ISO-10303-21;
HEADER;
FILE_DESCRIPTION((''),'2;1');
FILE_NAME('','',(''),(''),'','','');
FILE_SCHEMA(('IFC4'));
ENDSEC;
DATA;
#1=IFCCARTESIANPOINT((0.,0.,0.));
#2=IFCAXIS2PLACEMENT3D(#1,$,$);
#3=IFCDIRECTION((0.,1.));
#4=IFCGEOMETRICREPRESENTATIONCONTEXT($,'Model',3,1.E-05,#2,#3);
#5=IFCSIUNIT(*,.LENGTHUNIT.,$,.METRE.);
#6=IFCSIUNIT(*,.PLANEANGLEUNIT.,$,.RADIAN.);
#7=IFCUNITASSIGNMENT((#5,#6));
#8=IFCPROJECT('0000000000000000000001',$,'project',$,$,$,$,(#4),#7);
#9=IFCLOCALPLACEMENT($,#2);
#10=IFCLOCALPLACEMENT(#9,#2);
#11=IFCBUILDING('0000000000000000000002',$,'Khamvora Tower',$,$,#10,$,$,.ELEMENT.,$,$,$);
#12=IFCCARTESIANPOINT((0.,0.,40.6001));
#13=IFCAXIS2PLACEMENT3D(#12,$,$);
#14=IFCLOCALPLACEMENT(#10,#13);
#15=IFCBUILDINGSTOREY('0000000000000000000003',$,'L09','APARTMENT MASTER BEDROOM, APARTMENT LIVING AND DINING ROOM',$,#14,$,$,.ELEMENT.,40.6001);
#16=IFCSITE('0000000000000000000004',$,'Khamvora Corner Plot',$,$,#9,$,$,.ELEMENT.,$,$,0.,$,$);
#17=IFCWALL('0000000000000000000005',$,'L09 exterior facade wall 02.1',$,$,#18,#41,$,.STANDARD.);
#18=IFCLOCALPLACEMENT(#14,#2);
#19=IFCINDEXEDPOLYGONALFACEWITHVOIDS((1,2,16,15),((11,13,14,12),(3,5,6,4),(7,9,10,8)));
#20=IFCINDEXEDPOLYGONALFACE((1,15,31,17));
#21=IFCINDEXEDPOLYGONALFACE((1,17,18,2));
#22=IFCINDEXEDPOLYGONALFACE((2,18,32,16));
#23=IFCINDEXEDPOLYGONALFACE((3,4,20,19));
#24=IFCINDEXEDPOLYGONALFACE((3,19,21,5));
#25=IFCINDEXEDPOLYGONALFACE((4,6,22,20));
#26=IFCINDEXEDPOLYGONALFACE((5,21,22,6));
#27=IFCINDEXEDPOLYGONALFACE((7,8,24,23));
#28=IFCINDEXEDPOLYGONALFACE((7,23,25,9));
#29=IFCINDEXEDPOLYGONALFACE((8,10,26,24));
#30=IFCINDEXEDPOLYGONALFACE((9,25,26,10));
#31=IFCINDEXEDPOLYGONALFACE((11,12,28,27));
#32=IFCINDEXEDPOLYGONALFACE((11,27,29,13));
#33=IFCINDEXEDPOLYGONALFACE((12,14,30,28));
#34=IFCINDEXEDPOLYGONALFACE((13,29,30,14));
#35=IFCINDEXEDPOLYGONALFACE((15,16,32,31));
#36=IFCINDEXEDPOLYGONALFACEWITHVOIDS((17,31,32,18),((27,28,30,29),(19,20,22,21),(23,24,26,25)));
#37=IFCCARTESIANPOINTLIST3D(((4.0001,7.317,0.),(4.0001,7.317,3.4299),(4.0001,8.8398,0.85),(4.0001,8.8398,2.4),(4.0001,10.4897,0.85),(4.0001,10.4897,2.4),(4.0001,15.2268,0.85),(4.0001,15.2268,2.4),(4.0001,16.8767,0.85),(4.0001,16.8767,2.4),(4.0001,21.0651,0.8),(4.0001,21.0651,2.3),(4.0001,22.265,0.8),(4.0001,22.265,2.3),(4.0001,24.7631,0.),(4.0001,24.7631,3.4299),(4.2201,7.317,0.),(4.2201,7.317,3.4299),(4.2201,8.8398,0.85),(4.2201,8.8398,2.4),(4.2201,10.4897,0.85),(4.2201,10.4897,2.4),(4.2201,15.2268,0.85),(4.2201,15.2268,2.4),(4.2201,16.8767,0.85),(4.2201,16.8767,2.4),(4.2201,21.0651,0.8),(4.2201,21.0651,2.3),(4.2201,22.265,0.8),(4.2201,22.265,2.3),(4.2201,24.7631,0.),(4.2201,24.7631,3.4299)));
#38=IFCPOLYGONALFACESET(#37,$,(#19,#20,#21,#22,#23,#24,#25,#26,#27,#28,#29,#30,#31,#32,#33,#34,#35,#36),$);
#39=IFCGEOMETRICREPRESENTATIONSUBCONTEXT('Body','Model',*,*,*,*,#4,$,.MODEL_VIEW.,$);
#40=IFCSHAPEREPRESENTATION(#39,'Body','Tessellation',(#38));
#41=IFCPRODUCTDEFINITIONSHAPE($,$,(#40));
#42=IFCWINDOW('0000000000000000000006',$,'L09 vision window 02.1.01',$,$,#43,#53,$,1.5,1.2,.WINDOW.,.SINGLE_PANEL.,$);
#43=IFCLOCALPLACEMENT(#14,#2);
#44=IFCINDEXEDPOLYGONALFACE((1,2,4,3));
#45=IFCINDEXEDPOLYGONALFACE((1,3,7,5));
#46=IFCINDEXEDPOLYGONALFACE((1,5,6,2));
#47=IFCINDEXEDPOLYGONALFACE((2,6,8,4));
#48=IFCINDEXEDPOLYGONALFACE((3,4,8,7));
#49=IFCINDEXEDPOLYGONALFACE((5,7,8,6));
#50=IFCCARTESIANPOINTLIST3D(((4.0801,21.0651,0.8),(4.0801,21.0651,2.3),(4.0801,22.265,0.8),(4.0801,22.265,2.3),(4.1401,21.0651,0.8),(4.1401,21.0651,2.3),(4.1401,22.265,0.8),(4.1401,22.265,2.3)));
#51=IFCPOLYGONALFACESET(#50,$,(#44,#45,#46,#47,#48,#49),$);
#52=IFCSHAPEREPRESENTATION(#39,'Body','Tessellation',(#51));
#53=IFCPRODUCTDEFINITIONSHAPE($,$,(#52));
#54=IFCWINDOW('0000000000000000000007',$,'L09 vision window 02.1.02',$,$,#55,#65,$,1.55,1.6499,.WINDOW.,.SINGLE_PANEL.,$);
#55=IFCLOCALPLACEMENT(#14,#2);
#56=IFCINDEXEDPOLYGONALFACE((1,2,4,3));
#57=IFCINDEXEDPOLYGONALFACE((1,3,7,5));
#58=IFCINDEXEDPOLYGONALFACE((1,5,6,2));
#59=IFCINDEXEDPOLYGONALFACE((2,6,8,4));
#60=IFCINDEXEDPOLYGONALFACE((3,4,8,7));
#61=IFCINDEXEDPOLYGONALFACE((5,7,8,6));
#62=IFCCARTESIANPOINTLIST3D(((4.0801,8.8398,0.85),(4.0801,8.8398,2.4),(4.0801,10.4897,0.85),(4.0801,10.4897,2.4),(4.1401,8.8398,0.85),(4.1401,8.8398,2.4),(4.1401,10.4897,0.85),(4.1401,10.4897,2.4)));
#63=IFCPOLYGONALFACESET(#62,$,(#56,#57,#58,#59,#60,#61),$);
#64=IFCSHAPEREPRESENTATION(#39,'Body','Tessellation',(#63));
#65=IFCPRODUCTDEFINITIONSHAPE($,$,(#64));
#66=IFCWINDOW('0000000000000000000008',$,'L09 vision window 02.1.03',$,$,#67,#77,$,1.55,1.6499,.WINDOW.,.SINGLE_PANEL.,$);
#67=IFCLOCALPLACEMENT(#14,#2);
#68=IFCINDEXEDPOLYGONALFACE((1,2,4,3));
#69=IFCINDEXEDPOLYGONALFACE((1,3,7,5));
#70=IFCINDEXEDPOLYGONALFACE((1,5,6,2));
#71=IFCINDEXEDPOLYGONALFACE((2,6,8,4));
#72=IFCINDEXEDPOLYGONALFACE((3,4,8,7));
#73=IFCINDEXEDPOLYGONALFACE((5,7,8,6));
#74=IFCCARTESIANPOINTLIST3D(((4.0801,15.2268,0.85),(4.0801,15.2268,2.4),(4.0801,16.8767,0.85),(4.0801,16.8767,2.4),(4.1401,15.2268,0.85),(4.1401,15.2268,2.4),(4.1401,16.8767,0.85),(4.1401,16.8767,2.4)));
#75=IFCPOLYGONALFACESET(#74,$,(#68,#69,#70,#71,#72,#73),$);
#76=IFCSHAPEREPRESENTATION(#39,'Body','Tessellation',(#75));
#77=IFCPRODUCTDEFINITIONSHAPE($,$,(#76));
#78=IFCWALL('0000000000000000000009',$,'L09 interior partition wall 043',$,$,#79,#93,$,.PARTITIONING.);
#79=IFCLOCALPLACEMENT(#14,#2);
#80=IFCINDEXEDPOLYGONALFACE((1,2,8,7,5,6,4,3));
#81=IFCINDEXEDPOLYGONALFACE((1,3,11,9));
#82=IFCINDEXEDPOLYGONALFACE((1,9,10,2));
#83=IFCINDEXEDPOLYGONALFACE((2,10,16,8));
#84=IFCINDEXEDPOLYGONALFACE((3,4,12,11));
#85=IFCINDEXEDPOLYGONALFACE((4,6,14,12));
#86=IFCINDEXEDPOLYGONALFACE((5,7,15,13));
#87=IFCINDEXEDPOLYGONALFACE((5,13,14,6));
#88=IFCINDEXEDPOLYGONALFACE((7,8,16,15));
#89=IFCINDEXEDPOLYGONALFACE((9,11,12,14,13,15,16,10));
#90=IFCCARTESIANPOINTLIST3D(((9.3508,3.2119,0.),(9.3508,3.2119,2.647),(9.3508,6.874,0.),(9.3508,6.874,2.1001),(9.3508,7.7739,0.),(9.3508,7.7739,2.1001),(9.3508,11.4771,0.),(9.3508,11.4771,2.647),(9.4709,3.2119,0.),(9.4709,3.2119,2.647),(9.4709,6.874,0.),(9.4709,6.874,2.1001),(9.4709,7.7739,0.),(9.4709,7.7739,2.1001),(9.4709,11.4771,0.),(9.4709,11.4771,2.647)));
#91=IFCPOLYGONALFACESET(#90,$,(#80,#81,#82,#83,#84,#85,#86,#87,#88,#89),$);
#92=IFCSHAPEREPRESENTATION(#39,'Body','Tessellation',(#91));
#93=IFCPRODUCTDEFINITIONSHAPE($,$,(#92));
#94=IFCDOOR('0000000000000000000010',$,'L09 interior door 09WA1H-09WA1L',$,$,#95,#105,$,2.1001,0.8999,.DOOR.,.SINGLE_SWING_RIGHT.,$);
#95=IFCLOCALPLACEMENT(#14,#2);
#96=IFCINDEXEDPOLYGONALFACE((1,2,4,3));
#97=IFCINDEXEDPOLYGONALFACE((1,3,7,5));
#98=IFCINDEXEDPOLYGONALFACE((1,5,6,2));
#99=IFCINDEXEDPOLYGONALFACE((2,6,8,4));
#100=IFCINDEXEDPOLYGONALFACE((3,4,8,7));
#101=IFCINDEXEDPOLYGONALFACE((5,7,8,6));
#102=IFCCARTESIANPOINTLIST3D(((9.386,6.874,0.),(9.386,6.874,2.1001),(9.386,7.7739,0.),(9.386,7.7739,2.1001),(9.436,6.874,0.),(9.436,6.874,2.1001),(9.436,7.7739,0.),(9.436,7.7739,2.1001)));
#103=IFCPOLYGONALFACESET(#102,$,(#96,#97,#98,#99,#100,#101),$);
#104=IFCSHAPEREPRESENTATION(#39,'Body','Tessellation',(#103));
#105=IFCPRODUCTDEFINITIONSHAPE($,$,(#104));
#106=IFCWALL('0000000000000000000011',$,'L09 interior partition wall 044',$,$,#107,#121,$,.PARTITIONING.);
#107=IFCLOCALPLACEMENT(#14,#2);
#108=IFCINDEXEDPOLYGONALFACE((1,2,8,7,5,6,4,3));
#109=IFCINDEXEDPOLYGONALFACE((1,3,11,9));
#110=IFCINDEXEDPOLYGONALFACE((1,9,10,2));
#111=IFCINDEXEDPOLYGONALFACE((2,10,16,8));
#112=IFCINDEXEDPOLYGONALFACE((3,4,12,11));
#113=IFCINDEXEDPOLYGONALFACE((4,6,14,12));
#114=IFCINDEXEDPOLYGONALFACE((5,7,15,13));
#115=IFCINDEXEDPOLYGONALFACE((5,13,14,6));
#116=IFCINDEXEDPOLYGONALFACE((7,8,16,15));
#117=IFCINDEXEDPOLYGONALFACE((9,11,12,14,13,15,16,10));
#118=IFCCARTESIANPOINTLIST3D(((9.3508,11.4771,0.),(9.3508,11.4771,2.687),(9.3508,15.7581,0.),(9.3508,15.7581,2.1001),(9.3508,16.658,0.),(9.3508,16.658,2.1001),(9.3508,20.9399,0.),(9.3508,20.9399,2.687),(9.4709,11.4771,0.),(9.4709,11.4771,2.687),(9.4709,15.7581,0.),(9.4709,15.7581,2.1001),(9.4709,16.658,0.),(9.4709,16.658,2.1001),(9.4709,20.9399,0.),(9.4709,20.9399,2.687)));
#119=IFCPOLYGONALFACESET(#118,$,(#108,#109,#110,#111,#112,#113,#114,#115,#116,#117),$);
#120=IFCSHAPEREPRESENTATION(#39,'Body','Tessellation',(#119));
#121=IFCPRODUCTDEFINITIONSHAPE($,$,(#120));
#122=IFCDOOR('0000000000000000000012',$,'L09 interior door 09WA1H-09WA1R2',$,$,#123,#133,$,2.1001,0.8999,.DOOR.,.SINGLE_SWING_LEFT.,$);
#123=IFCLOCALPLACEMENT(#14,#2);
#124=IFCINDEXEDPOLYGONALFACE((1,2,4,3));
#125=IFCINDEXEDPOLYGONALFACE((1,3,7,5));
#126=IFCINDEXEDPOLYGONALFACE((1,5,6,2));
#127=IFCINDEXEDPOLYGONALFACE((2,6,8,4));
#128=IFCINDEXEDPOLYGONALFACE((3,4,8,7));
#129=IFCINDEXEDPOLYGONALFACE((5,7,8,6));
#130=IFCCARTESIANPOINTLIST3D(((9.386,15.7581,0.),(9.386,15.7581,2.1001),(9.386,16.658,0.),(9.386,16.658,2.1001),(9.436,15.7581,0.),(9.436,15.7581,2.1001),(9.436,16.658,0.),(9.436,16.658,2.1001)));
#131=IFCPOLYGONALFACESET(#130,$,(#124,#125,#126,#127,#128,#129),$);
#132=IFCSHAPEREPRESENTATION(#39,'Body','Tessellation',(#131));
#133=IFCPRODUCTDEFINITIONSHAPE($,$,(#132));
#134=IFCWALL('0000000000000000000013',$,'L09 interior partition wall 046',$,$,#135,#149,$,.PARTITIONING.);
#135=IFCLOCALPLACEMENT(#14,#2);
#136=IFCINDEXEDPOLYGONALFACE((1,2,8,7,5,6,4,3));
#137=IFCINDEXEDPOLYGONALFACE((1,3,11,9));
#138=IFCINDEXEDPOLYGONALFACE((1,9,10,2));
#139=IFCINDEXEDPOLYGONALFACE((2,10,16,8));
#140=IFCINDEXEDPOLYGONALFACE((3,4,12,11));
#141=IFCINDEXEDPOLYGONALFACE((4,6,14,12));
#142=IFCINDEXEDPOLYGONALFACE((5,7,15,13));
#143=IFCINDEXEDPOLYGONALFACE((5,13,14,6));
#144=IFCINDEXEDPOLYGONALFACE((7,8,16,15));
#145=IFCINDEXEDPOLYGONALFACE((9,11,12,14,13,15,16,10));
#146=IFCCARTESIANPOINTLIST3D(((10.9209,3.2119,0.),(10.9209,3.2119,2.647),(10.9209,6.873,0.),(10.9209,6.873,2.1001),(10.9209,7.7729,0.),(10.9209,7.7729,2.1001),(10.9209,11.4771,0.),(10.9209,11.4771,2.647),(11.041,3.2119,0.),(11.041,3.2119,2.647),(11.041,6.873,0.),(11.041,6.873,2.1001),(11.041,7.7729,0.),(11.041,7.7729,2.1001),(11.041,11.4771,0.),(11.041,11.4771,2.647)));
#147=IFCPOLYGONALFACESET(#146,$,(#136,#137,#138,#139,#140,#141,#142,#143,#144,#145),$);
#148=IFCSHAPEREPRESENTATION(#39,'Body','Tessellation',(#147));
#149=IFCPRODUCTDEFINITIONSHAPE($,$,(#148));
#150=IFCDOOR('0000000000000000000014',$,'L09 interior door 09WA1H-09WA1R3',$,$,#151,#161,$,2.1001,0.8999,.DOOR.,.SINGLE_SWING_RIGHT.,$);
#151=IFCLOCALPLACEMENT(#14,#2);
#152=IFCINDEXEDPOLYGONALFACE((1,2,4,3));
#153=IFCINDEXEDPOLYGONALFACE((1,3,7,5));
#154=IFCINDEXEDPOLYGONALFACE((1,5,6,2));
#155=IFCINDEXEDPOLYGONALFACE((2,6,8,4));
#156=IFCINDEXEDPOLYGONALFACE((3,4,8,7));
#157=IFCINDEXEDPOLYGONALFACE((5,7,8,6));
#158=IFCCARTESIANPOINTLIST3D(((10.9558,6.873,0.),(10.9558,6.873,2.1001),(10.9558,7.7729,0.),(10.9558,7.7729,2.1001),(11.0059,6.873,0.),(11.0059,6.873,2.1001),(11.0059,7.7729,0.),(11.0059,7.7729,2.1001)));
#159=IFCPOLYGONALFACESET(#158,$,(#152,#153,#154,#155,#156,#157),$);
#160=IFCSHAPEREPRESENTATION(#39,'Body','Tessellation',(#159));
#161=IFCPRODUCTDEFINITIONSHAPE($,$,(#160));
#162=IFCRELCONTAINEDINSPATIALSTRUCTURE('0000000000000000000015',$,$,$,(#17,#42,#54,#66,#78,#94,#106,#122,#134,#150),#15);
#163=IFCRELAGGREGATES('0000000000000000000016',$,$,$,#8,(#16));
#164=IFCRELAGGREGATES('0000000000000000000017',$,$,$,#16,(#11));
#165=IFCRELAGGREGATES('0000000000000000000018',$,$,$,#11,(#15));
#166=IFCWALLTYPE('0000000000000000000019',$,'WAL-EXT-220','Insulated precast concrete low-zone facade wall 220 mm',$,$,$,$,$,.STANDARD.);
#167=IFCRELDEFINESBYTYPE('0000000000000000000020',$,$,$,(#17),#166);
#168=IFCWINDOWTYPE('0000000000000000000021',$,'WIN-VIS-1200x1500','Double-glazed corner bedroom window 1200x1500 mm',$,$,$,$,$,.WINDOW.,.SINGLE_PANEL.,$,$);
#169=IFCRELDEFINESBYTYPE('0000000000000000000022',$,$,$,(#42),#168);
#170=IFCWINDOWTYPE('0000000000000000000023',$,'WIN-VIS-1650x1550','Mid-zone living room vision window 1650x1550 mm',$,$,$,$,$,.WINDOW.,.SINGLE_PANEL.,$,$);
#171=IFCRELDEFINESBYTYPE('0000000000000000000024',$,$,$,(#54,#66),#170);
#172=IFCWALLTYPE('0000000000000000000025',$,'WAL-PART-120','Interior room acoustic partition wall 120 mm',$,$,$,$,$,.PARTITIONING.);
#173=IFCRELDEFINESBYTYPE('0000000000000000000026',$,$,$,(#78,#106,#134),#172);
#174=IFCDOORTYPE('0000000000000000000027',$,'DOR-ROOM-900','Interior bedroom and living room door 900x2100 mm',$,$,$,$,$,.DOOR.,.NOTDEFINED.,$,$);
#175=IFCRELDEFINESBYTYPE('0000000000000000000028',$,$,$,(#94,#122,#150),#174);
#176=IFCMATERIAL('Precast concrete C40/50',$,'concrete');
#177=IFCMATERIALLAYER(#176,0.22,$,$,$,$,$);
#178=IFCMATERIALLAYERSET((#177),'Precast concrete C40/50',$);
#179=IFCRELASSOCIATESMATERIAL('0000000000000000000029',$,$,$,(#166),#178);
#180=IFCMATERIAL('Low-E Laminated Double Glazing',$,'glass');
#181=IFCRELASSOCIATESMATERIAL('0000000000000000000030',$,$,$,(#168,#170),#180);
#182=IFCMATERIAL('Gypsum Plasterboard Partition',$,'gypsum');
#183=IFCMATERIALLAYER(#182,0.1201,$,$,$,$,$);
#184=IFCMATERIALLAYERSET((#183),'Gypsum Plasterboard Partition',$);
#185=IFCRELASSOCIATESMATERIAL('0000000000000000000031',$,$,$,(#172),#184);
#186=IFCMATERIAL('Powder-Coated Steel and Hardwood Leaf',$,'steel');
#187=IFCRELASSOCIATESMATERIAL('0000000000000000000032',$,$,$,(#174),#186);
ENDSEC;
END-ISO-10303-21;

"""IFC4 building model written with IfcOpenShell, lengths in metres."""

from ifc_helpers import new_model, si_unit, direction, frame, frame_2d, origin, place, context, subcontext, project, spatial, rectangle, extrude, material, layer, layer_set, type_object, element, fill, save


model = new_model("IFC4")

# Units and contexts
model_context = context("Model", 3, precision=1e-05, world=origin(), true_north=direction((0.0, 1.0)))
body_context = subcontext(model_context, "Body", "Model", "MODEL_VIEW")
ifc_project = project(units=[si_unit("LENGTHUNIT", "METRE"), si_unit("PLANEANGLEUNIT", "RADIAN")], contexts=[model_context])

# Site, building, storey
site_placement = place(None, origin())
site = spatial("IfcSite", under=ifc_project, at=site_placement, Name="Khamvora Corner Plot", CompositionType="ELEMENT", RefElevation=0.0)
building_placement = place(site_placement, origin())
building = spatial("IfcBuilding", under=site, at=building_placement, Name="Khamvora Tower", CompositionType="ELEMENT")
storey_placement = place(building_placement, frame((0.0, 0.0, 40.6001)))
storey = spatial("IfcBuildingStorey", under=building, at=storey_placement, Name="L09", Description="APARTMENT MASTER BEDROOM, APARTMENT LIVING AND DINING ROOM", CompositionType="ELEMENT", Elevation=40.6001)

# Shared definitions
ifc_material_1 = material(Name="Precast concrete C40/50", Category="concrete")
ifc_layer_1 = layer(ifc_material_1, 0.22)
ifc_layer_set_1 = layer_set([ifc_layer_1], Name="Precast concrete C40/50")
wall_type_1 = type_object("IfcWallType", Name="WAL-EXT-220", Description="Insulated precast concrete low-zone facade wall 220 mm", PredefinedType="STANDARD", material=ifc_layer_set_1)

# Wall, openings, windows
wall_1_placement = place(storey_placement, frame((4.1101, 7.3169, 0.0), z_axis=(0.0, 0.0, 1.0), x_axis=(0.0, 1.0, 0.0)))
wall_1 = element("IfcWall", 1, at=wall_1_placement, inside=storey, type_object=wall_type_1, Name="L09 exterior facade wall 02.1", PredefinedType="STANDARD", context=body_context, shape_type="SweptSolid", body=[
    extrude(rectangle(XDim=17.446, YDim=0.22, at=frame_2d((8.7231, 0.0))), origin(), (0.0, 0.0, 1.0), 3.4299),
])
opening_1_placement = place(wall_1_placement, frame((13.748, 0.0, 0.8)))
opening_1 = element("IfcOpeningElement", 2, at=opening_1_placement, cuts=wall_1, PredefinedType="OPENING", context=body_context, shape_type="SweptSolid", body=[
    extrude(rectangle(XDim=1.2, YDim=1.5, at=frame_2d((0.6001, 0.75))), frame((0.0, 0.1199, 0.0), z_axis=(0.0, -1.0, 0.0), x_axis=(1.0, 0.0, 0.0)), (0.0, 0.0, 1.0), 0.24),
])
opening_2_placement = place(wall_1_placement, frame((1.5229, 0.0, 0.8501)))
opening_2 = element("IfcOpeningElement", 3, at=opening_2_placement, cuts=wall_1, PredefinedType="OPENING", context=body_context, shape_type="SweptSolid", body=[
    extrude(rectangle(XDim=1.6499, YDim=1.55, at=frame_2d((0.825, 0.7749))), frame((0.0, 0.1199, 0.0), z_axis=(0.0, -1.0, 0.0), x_axis=(1.0, 0.0, 0.0)), (0.0, 0.0, 1.0), 0.24),
])
opening_3_placement = place(wall_1_placement, frame((7.9099, 0.0, 0.8501)))
opening_3 = element("IfcOpeningElement", 4, at=opening_3_placement, cuts=wall_1, PredefinedType="OPENING", context=body_context, shape_type="SweptSolid", body=[
    extrude(rectangle(XDim=1.6499, YDim=1.55, at=frame_2d((0.825, 0.7749))), frame((0.0, 0.1199, 0.0), z_axis=(0.0, -1.0, 0.0), x_axis=(1.0, 0.0, 0.0)), (0.0, 0.0, 1.0), 0.24),
])
ifc_material_2 = material(Name="Low-E Laminated Double Glazing", Category="glass")
window_type_1 = type_object("IfcWindowType", Name="WIN-VIS-1200x1500", Description="Double-glazed corner bedroom window 1200x1500 mm", PartitioningType="SINGLE_PANEL", PredefinedType="WINDOW", material=ifc_material_2)
window_1_placement = place(opening_1_placement, origin())
window_1 = element("IfcWindow", 5, at=window_1_placement, inside=storey, type_object=window_type_1, Name="L09 vision window 02.1.01", OverallHeight=1.5, OverallWidth=1.2, PartitioningType="SINGLE_PANEL", PredefinedType="WINDOW", context=body_context, shape_type="SweptSolid", body=[
    extrude(rectangle(XDim=1.2, YDim=1.5, at=frame_2d((0.6001, 0.75))), frame((0.0, 0.03, 0.0), z_axis=(0.0, -1.0, 0.0), x_axis=(1.0, 0.0, 0.0)), (0.0, 0.0, 1.0), 0.0601),
])
fill(opening_1, window_1)
window_type_2 = type_object("IfcWindowType", Name="WIN-VIS-1650x1550", Description="Mid-zone living room vision window 1650x1550 mm", PartitioningType="SINGLE_PANEL", PredefinedType="WINDOW", material=ifc_material_2)
window_2_placement = place(opening_2_placement, origin())
window_2 = element("IfcWindow", 6, at=window_2_placement, inside=storey, type_object=window_type_2, Name="L09 vision window 02.1.02", OverallHeight=1.55, OverallWidth=1.6499, PartitioningType="SINGLE_PANEL", PredefinedType="WINDOW", context=body_context, shape_type="SweptSolid", body=[
    extrude(rectangle(XDim=1.6499, YDim=1.55, at=frame_2d((0.825, 0.7749))), frame((0.0, 0.03, 0.0), z_axis=(0.0, -1.0, 0.0), x_axis=(1.0, 0.0, 0.0)), (0.0, 0.0, 1.0), 0.0601),
])
fill(opening_2, window_2)
window_3_placement = place(opening_3_placement, origin())
window_3 = element("IfcWindow", 7, at=window_3_placement, inside=storey, type_object=window_type_2, Name="L09 vision window 02.1.03", OverallHeight=1.55, OverallWidth=1.6499, PartitioningType="SINGLE_PANEL", PredefinedType="WINDOW", context=body_context, shape_type="SweptSolid", body=[
    extrude(rectangle(XDim=1.6499, YDim=1.55, at=frame_2d((0.825, 0.7749))), frame((0.0, 0.03, 0.0), z_axis=(0.0, -1.0, 0.0), x_axis=(1.0, 0.0, 0.0)), (0.0, 0.0, 1.0), 0.0601),
])
fill(opening_3, window_3)

# Walls, openings, doors
ifc_material_3 = material(Name="Gypsum Plasterboard Partition", Category="gypsum")
ifc_layer_2 = layer(ifc_material_3, 0.1201)
ifc_layer_set_2 = layer_set([ifc_layer_2], Name="Gypsum Plasterboard Partition")
wall_type_2 = type_object("IfcWallType", Name="WAL-PART-120", Description="Interior room acoustic partition wall 120 mm", PredefinedType="PARTITIONING", material=ifc_layer_set_2)
wall_2_placement = place(storey_placement, frame((9.4109, 3.2119, 0.0), z_axis=(0.0, 0.0, 1.0), x_axis=(0.0, 1.0, 0.0)))
wall_2 = element("IfcWall", 8, at=wall_2_placement, inside=storey, type_object=wall_type_2, Name="L09 interior partition wall 043", PredefinedType="PARTITIONING", context=body_context, shape_type="SweptSolid", body=[
    extrude(rectangle(XDim=8.2651, YDim=0.1201, at=frame_2d((4.1326, 0.0))), origin(), (0.0, 0.0, 1.0), 2.647),
])
opening_4_placement = place(wall_2_placement, frame((3.6621, 0.0, 0.0)))
opening_4 = element("IfcOpeningElement", 9, at=opening_4_placement, cuts=wall_2, PredefinedType="OPENING", context=body_context, shape_type="SweptSolid", body=[
    extrude(rectangle(XDim=0.8999, YDim=2.1001, at=frame_2d((0.45, 1.05))), frame((0.0, 0.0701, 0.0), z_axis=(0.0, -1.0, 0.0), x_axis=(1.0, 0.0, 0.0)), (0.0, 0.0, 1.0), 0.1401),
])
ifc_material_4 = material(Name="Powder-Coated Steel and Hardwood Leaf", Category="steel")
door_type = type_object("IfcDoorType", Name="DOR-ROOM-900", Description="Interior bedroom and living room door 900x2100 mm", OperationType="NOTDEFINED", PredefinedType="DOOR", material=ifc_material_4)
door_1_placement = place(opening_4_placement, origin())
door_1 = element("IfcDoor", 10, at=door_1_placement, inside=storey, type_object=door_type, Name="L09 interior door 09WA1H-09WA1L", OperationType="SINGLE_SWING_RIGHT", OverallHeight=2.1001, OverallWidth=0.8999, PredefinedType="DOOR", context=body_context, shape_type="SweptSolid", body=[
    extrude(rectangle(XDim=0.8999, YDim=2.1001, at=frame_2d((0.45, 1.05))), frame((0.0, 0.0249, 0.0), z_axis=(0.0, -1.0, 0.0), x_axis=(1.0, 0.0, 0.0)), (0.0, 0.0, 1.0), 0.05),
])
fill(opening_4, door_1)
wall_3_placement = place(storey_placement, frame((9.4109, 11.4771, 0.0), z_axis=(0.0, 0.0, 1.0), x_axis=(0.0, 1.0, 0.0)))
wall_3 = element("IfcWall", 11, at=wall_3_placement, inside=storey, type_object=wall_type_2, Name="L09 interior partition wall 044", PredefinedType="PARTITIONING", context=body_context, shape_type="SweptSolid", body=[
    extrude(rectangle(XDim=9.4629, YDim=0.1201, at=frame_2d((4.7314, 0.0))), origin(), (0.0, 0.0, 1.0), 2.687),
])
opening_5_placement = place(wall_3_placement, frame((4.281, 0.0, 0.0)))
opening_5 = element("IfcOpeningElement", 12, at=opening_5_placement, cuts=wall_3, PredefinedType="OPENING", context=body_context, shape_type="SweptSolid", body=[
    extrude(rectangle(XDim=0.8999, YDim=2.1001, at=frame_2d((0.45, 1.05))), frame((0.0, 0.0701, 0.0), z_axis=(0.0, -1.0, 0.0), x_axis=(1.0, 0.0, 0.0)), (0.0, 0.0, 1.0), 0.1401),
])
door_2_placement = place(opening_5_placement, origin())
door_2 = element("IfcDoor", 13, at=door_2_placement, inside=storey, type_object=door_type, Name="L09 interior door 09WA1H-09WA1R2", OperationType="SINGLE_SWING_LEFT", OverallHeight=2.1001, OverallWidth=0.8999, PredefinedType="DOOR", context=body_context, shape_type="SweptSolid", body=[
    extrude(rectangle(XDim=0.8999, YDim=2.1001, at=frame_2d((0.45, 1.05))), frame((0.0, 0.0249, 0.0), z_axis=(0.0, -1.0, 0.0), x_axis=(1.0, 0.0, 0.0)), (0.0, 0.0, 1.0), 0.05),
])
fill(opening_5, door_2)
wall_4_placement = place(storey_placement, frame((10.981, 11.4771, 0.0), z_axis=(0.0, 0.0, 1.0), x_axis=(0.0, -1.0, 0.0)))
wall_4 = element("IfcWall", 14, at=wall_4_placement, inside=storey, type_object=wall_type_2, Name="L09 interior partition wall 046", PredefinedType="PARTITIONING", context=body_context, shape_type="SweptSolid", body=[
    extrude(rectangle(XDim=8.2651, YDim=0.1201, at=frame_2d((4.1326, 0.0))), origin(), (0.0, 0.0, 1.0), 2.647),
])
opening_6_placement = place(wall_4_placement, frame((3.7041, 0.0, 0.0)))
opening_6 = element("IfcOpeningElement", 15, at=opening_6_placement, cuts=wall_4, PredefinedType="OPENING", context=body_context, shape_type="SweptSolid", body=[
    extrude(rectangle(XDim=0.8999, YDim=2.1001, at=frame_2d((0.45, 1.05))), frame((0.0, 0.0701, 0.0), z_axis=(0.0, -1.0, 0.0), x_axis=(1.0, 0.0, 0.0)), (0.0, 0.0, 1.0), 0.1401),
])
door_3_placement = place(opening_6_placement, origin())
door_3 = element("IfcDoor", 16, at=door_3_placement, inside=storey, type_object=door_type, Name="L09 interior door 09WA1H-09WA1R3", OperationType="SINGLE_SWING_RIGHT", OverallHeight=2.1001, OverallWidth=0.8999, PredefinedType="DOOR", context=body_context, shape_type="SweptSolid", body=[
    extrude(rectangle(XDim=0.8999, YDim=2.1001, at=frame_2d((0.45, 1.05))), frame((0.0, 0.0249, 0.0), z_axis=(0.0, -1.0, 0.0), x_axis=(1.0, 0.0, 0.0)), (0.0, 0.0, 1.0), 0.05),
])
fill(opening_6, door_3)

save(model, "model.ifc")
